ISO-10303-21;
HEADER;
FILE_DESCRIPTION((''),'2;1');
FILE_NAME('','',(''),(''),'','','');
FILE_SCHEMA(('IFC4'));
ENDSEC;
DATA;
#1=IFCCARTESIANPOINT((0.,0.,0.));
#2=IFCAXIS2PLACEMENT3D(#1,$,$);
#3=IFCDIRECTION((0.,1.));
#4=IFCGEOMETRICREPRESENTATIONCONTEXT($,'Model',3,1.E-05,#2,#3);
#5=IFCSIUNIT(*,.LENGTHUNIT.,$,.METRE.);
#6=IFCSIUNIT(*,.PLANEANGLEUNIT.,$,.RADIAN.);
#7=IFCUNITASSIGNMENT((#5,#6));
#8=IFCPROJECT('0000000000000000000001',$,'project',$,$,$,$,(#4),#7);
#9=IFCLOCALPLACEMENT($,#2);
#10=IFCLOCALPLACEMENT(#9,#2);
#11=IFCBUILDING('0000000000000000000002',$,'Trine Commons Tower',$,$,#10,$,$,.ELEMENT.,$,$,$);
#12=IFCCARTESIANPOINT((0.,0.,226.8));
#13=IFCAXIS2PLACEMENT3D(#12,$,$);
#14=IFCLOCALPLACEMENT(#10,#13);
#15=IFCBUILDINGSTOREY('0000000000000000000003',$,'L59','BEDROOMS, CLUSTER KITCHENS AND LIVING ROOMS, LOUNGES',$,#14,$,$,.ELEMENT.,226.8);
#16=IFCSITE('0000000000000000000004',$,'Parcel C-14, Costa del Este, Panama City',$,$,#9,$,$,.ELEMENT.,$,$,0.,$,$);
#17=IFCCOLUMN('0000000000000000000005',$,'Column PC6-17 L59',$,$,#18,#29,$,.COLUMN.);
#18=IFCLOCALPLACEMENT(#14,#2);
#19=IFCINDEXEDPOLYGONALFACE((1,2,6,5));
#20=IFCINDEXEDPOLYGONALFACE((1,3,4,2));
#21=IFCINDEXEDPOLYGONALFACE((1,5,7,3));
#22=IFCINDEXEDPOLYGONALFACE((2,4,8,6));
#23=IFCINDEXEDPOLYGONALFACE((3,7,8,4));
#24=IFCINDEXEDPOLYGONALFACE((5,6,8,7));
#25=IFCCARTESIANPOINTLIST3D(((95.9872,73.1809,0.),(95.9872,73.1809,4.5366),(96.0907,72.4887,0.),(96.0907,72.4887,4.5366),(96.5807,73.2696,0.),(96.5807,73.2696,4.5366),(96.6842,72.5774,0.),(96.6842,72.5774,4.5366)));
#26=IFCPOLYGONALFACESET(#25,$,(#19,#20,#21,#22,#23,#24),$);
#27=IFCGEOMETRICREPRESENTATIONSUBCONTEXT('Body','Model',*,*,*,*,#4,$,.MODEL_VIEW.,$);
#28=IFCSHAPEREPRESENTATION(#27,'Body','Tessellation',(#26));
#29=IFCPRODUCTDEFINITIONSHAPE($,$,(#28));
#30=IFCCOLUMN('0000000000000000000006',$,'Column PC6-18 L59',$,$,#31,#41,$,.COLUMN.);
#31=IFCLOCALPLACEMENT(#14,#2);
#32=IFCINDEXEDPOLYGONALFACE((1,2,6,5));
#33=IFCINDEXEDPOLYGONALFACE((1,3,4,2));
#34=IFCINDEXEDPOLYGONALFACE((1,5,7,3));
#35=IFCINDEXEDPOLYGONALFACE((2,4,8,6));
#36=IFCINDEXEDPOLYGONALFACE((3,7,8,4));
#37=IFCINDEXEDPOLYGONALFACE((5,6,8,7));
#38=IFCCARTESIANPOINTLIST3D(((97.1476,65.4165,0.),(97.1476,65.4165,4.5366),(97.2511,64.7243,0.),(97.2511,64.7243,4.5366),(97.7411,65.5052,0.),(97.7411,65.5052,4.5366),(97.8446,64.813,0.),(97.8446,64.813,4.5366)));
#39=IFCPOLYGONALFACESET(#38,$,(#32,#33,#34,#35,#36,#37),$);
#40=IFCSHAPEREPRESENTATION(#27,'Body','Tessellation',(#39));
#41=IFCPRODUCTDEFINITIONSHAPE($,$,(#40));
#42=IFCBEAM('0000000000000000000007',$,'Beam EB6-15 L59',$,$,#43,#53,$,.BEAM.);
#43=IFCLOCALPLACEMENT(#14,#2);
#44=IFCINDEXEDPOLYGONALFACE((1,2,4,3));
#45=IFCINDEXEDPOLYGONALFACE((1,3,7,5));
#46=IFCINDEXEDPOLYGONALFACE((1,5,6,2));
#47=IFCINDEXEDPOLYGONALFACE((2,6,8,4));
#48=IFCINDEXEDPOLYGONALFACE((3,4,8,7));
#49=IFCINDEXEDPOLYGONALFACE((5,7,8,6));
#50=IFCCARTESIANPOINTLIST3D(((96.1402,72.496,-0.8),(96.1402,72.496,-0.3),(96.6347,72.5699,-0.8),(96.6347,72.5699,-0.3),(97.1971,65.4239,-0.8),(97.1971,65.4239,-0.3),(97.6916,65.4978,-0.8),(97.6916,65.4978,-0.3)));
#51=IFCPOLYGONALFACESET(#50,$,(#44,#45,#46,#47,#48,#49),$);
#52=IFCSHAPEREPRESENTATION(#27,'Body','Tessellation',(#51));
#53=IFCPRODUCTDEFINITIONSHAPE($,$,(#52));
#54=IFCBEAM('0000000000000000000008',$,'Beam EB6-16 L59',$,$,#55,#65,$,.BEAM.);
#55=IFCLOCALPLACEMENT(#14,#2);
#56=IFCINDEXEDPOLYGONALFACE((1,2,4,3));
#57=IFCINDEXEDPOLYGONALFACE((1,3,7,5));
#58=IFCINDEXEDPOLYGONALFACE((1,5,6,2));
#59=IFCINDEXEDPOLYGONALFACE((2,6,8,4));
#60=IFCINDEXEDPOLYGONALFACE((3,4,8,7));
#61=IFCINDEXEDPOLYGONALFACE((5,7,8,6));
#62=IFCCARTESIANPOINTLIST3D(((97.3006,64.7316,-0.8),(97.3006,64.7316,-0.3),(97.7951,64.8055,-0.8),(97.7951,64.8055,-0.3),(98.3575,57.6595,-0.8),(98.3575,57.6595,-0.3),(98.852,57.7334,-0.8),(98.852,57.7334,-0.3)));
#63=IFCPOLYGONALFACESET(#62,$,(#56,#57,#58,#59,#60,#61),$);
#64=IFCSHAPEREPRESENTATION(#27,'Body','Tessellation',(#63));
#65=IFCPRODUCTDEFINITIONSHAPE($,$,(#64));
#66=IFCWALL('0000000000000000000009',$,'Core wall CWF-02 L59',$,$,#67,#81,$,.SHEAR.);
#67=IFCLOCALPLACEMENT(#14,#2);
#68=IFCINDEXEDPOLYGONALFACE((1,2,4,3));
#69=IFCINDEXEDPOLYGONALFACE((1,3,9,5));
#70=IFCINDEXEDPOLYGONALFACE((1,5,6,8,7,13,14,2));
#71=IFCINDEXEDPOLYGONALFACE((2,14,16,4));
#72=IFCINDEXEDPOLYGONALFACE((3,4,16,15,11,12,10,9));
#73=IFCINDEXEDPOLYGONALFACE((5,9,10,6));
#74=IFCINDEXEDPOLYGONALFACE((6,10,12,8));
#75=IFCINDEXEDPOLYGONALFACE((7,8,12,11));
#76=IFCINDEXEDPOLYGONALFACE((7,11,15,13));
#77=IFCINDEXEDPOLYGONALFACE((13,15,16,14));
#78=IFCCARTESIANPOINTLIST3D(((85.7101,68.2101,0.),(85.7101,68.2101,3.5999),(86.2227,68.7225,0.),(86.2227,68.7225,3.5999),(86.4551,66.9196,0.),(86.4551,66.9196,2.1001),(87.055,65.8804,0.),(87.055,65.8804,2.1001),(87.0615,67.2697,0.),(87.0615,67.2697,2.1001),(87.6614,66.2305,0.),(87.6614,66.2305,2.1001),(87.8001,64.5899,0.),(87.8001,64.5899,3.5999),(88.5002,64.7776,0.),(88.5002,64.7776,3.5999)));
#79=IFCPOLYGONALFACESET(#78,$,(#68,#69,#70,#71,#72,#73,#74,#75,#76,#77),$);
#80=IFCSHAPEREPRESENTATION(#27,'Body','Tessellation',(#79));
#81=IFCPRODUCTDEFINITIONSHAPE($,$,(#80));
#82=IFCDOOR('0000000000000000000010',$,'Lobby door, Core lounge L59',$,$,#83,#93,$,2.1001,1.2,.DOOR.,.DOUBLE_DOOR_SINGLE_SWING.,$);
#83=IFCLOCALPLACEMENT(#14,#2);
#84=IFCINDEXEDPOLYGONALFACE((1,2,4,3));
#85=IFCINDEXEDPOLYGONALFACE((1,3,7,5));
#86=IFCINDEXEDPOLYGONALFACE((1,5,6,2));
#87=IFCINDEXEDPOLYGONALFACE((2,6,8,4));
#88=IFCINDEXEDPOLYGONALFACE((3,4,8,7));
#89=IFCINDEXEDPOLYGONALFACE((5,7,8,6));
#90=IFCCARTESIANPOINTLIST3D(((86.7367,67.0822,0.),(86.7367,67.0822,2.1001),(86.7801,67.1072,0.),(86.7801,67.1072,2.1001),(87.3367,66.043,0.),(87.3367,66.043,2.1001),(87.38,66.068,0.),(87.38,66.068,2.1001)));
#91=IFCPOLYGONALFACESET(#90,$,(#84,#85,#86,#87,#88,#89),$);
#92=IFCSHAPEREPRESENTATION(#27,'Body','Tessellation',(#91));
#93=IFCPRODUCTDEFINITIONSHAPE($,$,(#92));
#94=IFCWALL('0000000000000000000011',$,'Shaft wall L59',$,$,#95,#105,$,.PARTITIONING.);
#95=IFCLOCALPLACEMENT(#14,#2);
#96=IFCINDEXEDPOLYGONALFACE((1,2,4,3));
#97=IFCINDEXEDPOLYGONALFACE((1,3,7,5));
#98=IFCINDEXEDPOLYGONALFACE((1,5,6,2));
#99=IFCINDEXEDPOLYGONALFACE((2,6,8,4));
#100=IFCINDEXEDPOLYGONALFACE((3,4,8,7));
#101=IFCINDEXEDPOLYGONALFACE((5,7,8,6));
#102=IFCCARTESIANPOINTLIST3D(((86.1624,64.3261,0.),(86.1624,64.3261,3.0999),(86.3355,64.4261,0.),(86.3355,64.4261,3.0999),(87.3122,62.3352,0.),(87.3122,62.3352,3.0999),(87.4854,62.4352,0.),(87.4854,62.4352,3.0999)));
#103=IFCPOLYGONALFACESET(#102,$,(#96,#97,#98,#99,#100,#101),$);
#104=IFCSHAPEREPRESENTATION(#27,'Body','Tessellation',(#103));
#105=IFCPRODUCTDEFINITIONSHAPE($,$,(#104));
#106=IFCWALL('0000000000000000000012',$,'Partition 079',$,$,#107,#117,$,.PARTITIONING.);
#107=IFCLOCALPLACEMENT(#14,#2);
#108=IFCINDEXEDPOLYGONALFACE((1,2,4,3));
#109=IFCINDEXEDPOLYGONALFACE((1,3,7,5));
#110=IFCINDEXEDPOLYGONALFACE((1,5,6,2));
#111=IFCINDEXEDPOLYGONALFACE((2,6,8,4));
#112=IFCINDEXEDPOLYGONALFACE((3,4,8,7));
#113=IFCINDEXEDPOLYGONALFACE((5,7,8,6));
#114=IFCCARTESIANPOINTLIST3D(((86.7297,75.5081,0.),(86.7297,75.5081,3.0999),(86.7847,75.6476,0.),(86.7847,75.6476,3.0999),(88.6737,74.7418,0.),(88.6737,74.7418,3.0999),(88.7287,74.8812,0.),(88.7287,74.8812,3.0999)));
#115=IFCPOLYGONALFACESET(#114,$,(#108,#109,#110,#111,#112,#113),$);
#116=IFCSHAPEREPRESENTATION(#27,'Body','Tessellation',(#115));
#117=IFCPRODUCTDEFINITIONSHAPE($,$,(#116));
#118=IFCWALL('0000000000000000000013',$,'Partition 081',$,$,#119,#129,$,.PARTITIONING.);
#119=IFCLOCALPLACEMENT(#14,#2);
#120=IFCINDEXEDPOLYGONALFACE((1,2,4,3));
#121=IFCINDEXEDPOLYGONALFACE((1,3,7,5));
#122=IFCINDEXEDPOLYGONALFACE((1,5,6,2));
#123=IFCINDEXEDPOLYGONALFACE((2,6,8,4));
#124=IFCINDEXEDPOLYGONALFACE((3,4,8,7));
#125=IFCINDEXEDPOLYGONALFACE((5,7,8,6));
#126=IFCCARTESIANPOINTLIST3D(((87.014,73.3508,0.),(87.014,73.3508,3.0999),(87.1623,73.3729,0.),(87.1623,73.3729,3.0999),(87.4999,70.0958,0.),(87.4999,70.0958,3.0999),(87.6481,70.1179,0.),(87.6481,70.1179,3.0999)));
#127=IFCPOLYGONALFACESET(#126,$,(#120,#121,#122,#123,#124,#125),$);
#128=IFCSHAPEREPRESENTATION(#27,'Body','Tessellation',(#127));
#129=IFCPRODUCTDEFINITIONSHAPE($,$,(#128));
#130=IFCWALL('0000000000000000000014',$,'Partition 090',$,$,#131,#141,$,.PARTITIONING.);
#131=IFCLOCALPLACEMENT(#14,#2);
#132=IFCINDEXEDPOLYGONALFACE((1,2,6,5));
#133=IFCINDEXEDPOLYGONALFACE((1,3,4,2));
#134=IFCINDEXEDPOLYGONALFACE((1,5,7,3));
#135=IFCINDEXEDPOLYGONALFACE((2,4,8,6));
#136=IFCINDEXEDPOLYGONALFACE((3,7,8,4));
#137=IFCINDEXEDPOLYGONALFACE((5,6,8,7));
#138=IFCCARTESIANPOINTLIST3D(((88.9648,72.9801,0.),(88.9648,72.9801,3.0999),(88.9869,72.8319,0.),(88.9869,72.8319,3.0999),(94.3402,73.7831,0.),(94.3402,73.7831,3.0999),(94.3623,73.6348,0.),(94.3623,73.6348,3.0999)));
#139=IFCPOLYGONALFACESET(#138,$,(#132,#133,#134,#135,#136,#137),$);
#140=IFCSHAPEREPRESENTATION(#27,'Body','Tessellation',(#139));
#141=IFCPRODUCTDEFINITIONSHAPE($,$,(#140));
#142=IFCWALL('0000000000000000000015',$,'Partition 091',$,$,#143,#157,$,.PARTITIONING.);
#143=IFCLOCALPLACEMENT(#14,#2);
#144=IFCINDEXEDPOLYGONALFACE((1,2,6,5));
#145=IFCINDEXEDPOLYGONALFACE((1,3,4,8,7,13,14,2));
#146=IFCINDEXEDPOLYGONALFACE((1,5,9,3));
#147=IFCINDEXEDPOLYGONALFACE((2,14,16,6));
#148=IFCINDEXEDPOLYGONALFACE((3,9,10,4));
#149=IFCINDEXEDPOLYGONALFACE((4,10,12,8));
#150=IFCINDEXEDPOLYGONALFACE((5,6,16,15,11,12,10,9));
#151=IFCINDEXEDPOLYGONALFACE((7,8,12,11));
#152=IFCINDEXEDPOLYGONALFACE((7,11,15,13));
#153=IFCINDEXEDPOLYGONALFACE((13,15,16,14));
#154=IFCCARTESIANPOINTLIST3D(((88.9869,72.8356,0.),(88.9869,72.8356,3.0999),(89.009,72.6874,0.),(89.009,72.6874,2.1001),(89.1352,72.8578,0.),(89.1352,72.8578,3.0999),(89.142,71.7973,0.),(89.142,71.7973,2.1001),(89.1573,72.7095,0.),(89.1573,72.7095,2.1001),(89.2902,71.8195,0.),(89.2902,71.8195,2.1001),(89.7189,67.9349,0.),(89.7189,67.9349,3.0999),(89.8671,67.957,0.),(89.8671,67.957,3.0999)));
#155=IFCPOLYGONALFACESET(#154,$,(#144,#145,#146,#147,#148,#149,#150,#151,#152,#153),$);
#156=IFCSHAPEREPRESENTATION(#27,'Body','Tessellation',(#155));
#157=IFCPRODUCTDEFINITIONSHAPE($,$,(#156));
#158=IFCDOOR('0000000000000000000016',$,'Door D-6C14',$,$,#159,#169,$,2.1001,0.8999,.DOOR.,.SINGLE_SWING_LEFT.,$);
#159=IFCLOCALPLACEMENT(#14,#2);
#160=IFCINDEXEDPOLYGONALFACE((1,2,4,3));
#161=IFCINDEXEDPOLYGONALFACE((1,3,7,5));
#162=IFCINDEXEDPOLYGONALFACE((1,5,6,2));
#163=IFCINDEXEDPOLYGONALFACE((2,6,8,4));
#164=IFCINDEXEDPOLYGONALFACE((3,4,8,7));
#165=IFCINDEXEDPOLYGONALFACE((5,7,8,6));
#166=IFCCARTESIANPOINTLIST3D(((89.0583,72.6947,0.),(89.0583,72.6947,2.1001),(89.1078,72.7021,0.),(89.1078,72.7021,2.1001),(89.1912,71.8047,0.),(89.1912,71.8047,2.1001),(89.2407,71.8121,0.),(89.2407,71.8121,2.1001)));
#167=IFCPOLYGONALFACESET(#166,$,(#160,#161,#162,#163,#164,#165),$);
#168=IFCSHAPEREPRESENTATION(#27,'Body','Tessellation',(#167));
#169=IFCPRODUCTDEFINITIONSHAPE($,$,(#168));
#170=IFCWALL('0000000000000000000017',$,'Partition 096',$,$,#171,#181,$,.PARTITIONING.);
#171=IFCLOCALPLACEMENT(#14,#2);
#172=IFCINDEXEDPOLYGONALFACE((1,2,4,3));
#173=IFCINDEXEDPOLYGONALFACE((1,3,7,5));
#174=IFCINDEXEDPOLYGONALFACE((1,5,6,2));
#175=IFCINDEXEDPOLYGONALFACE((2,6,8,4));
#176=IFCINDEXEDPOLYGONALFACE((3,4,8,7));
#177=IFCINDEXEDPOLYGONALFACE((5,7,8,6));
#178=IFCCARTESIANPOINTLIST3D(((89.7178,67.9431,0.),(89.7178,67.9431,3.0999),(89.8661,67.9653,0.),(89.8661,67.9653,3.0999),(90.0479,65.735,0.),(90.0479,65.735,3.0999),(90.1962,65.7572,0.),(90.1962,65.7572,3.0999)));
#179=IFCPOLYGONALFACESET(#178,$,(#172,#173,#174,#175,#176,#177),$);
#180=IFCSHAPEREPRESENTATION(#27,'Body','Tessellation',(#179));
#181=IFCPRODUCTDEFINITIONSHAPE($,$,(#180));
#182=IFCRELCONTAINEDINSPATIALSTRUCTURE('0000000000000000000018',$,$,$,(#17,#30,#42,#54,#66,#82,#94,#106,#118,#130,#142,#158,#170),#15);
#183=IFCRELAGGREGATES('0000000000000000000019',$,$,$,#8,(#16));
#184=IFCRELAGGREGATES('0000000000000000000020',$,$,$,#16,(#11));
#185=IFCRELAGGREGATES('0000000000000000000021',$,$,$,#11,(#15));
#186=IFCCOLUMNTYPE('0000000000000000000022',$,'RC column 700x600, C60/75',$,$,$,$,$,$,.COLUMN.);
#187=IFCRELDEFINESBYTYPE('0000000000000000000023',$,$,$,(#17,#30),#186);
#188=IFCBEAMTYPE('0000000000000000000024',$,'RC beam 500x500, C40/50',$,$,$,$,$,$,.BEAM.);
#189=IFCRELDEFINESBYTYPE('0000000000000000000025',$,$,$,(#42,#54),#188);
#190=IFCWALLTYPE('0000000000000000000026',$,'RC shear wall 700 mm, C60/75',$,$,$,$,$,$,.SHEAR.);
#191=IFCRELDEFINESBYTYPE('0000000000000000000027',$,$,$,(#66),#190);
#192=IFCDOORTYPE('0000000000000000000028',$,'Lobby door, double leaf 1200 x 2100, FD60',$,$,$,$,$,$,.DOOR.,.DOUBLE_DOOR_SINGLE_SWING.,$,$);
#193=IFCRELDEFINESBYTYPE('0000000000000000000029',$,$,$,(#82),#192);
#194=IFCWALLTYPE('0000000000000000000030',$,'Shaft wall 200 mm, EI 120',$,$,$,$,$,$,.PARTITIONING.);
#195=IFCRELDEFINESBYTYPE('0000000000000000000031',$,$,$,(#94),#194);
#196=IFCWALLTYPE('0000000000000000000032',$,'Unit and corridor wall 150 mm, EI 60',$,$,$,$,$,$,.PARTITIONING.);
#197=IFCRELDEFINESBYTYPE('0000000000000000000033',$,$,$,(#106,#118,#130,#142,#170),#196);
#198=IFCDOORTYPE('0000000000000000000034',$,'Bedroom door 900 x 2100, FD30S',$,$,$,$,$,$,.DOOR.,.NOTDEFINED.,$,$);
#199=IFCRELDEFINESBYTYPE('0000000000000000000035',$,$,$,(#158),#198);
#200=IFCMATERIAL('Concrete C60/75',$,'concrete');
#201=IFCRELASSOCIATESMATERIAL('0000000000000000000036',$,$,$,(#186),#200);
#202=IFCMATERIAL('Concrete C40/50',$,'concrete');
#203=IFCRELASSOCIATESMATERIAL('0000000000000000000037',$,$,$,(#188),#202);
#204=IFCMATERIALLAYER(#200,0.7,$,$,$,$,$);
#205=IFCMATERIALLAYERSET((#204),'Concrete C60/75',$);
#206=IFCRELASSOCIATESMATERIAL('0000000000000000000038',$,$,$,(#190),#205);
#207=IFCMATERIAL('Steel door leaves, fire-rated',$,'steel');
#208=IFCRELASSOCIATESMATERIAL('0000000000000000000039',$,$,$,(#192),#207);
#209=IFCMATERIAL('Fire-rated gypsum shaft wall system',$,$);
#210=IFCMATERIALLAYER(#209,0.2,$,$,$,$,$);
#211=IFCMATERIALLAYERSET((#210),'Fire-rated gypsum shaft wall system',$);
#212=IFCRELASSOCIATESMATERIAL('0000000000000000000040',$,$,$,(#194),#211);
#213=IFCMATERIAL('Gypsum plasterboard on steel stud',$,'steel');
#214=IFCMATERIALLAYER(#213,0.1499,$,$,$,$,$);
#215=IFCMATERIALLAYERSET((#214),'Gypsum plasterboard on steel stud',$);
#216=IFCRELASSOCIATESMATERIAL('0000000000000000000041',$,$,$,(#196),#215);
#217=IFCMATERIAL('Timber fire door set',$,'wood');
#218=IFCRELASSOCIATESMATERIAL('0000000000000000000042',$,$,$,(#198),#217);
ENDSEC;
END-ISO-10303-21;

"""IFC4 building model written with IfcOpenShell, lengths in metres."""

from ifc_helpers import new_model, si_unit, direction, frame, frame_2d, origin, origin_2d, place, context, subcontext, project, spatial, polyline, rectangle, outline, extrude, material, layer, layer_set, material_profile, profile_set, type_object, element, fill, save


model = new_model("IFC4")

# Units and contexts
model_context = context("Model", 3, precision=1e-05, world=origin(), true_north=direction((0.0, 1.0)))
body_context = subcontext(model_context, "Body", "Model", "MODEL_VIEW")
ifc_project = project(units=[si_unit("LENGTHUNIT", "METRE"), si_unit("PLANEANGLEUNIT", "RADIAN")], contexts=[model_context])

# Site, building, storey
site_placement = place(None, origin())
site = spatial("IfcSite", under=ifc_project, at=site_placement, Name="Parcel C-14, Costa del Este, Panama City", CompositionType="ELEMENT", RefElevation=0.0)
building_placement = place(site_placement, origin())
building = spatial("IfcBuilding", under=site, at=building_placement, Name="Trine Commons Tower", CompositionType="ELEMENT")
storey_placement = place(building_placement, frame((0.0, 0.0, 226.8)))
storey = spatial("IfcBuildingStorey", under=building, at=storey_placement, Name="L59", Description="BEDROOMS, CLUSTER KITCHENS AND LIVING ROOMS, LOUNGES", CompositionType="ELEMENT", Elevation=226.8)

# Columns
ifc_material_1 = material(Name="Concrete C60/75", Category="concrete")
ifc_material_profile_1 = material_profile(ifc_material_1, rectangle(XDim=0.7, YDim=0.6001, at=origin_2d()), Name="RC 700x600")
ifc_profile_set_1 = profile_set([ifc_material_profile_1], Name="Concrete C60/75")
column_type = type_object("IfcColumnType", Name="RC column 700x600, C60/75", PredefinedType="COLUMN", material=ifc_profile_set_1)
for number, where, z_axis, x_axis, name in (
    (1, (96.3357, 72.8792, 0.0), (0.0, 0.0, 1.0), (-0.147809, 0.989016, 0.0), "Column PC6-17 L59"),
    (2, (97.4961, 65.1147, 0.0), (0.0, 0.0, 1.0), (-0.147809, 0.989016, 0.0), "Column PC6-18 L59"),
):
    element("IfcColumn", number, at=place(storey_placement, frame(where, z_axis=z_axis, x_axis=x_axis)), inside=storey, type_object=column_type, Name=name, PredefinedType="COLUMN", context=body_context, shape_type="SweptSolid", body=[
        extrude(rectangle(XDim=0.7, YDim=0.6001, at=origin_2d()), origin(), (0.0, 0.0, 1.0), 4.5366),
    ])

# Beams
ifc_material_2 = material(Name="Concrete C40/50", Category="concrete")
ifc_material_profile_2 = material_profile(ifc_material_2, rectangle(XDim=0.5, YDim=0.5, at=origin_2d()), Name="RC 500x500")
ifc_profile_set_2 = profile_set([ifc_material_profile_2], Name="Concrete C40/50")
beam_type = type_object("IfcBeamType", Name="RC beam 500x500, C40/50", PredefinedType="BEAM", material=ifc_profile_set_2)
for number, where, z_axis, x_axis, name in (
    (3, (96.3875, 72.533, -0.55), (0.147804, -0.989017, 0.0), (0.989017, 0.147804, 0.0), "Beam EB6-15 L59"),
    (4, (97.5479, 64.7686, -0.55), (0.147804, -0.989017, 0.0), (0.989017, 0.147804, 0.0), "Beam EB6-16 L59"),
):
    element("IfcBeam", number, at=place(storey_placement, frame(where, z_axis=z_axis, x_axis=x_axis)), inside=storey, type_object=beam_type, Name=name, PredefinedType="BEAM", context=body_context, shape_type="SweptSolid", body=[
        extrude(rectangle(XDim=0.5, YDim=0.5, at=origin_2d()), origin(), (0.0, 0.0, 1.0), 7.1506),
    ])

# Wall, opening, door
ifc_layer_1 = layer(ifc_material_1, 0.7)
ifc_layer_set_1 = layer_set([ifc_layer_1], Name="Concrete C60/75")
wall_type_1 = type_object("IfcWallType", Name="RC shear wall 700 mm, C60/75", PredefinedType="SHEAR", material=ifc_layer_set_1)
wall_1_placement = place(storey_placement, frame((88.197, 64.6025, 0.0), z_axis=(0.0, 0.0, 1.0), x_axis=(-0.499984, 0.866035, 0.0)))
wall_1 = element("IfcWall", 5, at=wall_1_placement, inside=storey, type_object=wall_type_1, Name="Core wall CWF-02 L59", PredefinedType="SHEAR", context=body_context, shape_type="SweptSolid", body=[
    extrude(outline(polyline([(0.0, -0.3501), (4.5552, -0.3501), (4.3677, 0.3501), (0.1875, 0.3501), (0.0, -0.3501)])), origin(), (0.0, 0.0, 1.0), 3.5999),
])
opening_1_placement = place(wall_1_placement, frame((1.6775, 0.0, 0.0)))
opening_1 = element("IfcOpeningElement", 6, at=opening_1_placement, cuts=wall_1, PredefinedType="OPENING", context=body_context, shape_type="SweptSolid", body=[
    extrude(rectangle(XDim=1.2, YDim=2.1001, at=frame_2d((0.6001, 1.05))), frame((0.0, 0.3599, 0.0), z_axis=(0.0, -1.0, 0.0), x_axis=(1.0, 0.0, 0.0)), (0.0, 0.0, 1.0), 0.72),
])
ifc_material_3 = material(Name="Steel door leaves, fire-rated", Category="steel")
door_type_1 = type_object("IfcDoorType", Name="Lobby door, double leaf 1200 x 2100, FD60", OperationType="DOUBLE_DOOR_SINGLE_SWING", PredefinedType="DOOR", material=ifc_material_3)
door_1_placement = place(opening_1_placement, origin())
door_1 = element("IfcDoor", 7, at=door_1_placement, inside=storey, type_object=door_type_1, Name="Lobby door, Core lounge L59", OperationType="DOUBLE_DOOR_SINGLE_SWING", OverallHeight=2.1001, OverallWidth=1.2, PredefinedType="DOOR", context=body_context, shape_type="SweptSolid", body=[
    extrude(rectangle(XDim=1.2, YDim=2.1001, at=frame_2d((0.6001, 1.05))), frame((0.0, 0.0249, 0.0), z_axis=(0.0, -1.0, 0.0), x_axis=(1.0, 0.0, 0.0)), (0.0, 0.0, 1.0), 0.05),
])
fill(opening_1, door_1)

# Walls
ifc_material_4 = material(Name="Fire-rated gypsum shaft wall system")
ifc_layer_2 = layer(ifc_material_4, 0.2)
ifc_layer_set_2 = layer_set([ifc_layer_2], Name="Fire-rated gypsum shaft wall system")
wall_type_2 = type_object("IfcWallType", Name="Shaft wall 200 mm, EI 120", PredefinedType="PARTITIONING", material=ifc_layer_set_2)
wall_2_placement = place(storey_placement, frame((86.249, 64.376, 0.0), z_axis=(0.0, 0.0, 1.0), x_axis=(0.500136, -0.865947, 0.0)))
element("IfcWall", 8, at=wall_2_placement, inside=storey, type_object=wall_type_2, Name="Shaft wall L59", PredefinedType="PARTITIONING", context=body_context, shape_type="SweptSolid", body=[
    extrude(rectangle(XDim=2.2991, YDim=0.2, at=frame_2d((1.1494, 0.0))), origin(), (0.0, 0.0, 1.0), 3.0999),
])
ifc_material_5 = material(Name="Gypsum plasterboard on steel stud", Category="steel")
ifc_layer_3 = layer(ifc_material_5, 0.1499)
ifc_layer_set_3 = layer_set([ifc_layer_3], Name="Gypsum plasterboard on steel stud")
wall_type_3 = type_object("IfcWallType", Name="Unit and corridor wall 150 mm, EI 60", PredefinedType="PARTITIONING", material=ifc_layer_set_3)
wall_3_placement = place(storey_placement, frame((86.7571, 75.5779, 0.0), z_axis=(0.0, 0.0, 1.0), x_axis=(0.930326, -0.366733, 0.0)))
element("IfcWall", 9, at=wall_3_placement, inside=storey, type_object=wall_type_3, Name="Partition 079", PredefinedType="PARTITIONING", context=body_context, shape_type="SweptSolid", body=[
    extrude(rectangle(XDim=2.0896, YDim=0.1499, at=frame_2d((1.0449, 0.0))), origin(), (0.0, 0.0, 1.0), 3.0999),
])
wall_4_placement = place(storey_placement, frame((87.0881, 73.3618, 0.0), z_axis=(0.0, 0.0, 1.0), x_axis=(0.147629, -0.989043, 0.0)))
element("IfcWall", 10, at=wall_4_placement, inside=storey, type_object=wall_type_3, Name="Partition 081", PredefinedType="PARTITIONING", context=body_context, shape_type="SweptSolid", body=[
    extrude(rectangle(XDim=3.291, YDim=0.1499, at=frame_2d((1.6455, 0.0))), origin(), (0.0, 0.0, 1.0), 3.0999),
])
wall_5_placement = place(storey_placement, frame((88.9758, 72.906, 0.0), z_axis=(0.0, 0.0, 1.0), x_axis=(0.989026, 0.147739, 0.0)))
element("IfcWall", 11, at=wall_5_placement, inside=storey, type_object=wall_type_3, Name="Partition 090", PredefinedType="PARTITIONING", context=body_context, shape_type="SweptSolid", body=[
    extrude(rectangle(XDim=5.4351, YDim=0.1499, at=frame_2d((2.7175, 0.0))), origin(), (0.0, 0.0, 1.0), 3.0999),
])

# Wall, opening, door
wall_6_placement = place(storey_placement, frame((89.061, 72.8467, 0.0), z_axis=(0.0, 0.0, 1.0), x_axis=(0.147716, -0.98903, 0.0)))
wall_6 = element("IfcWall", 12, at=wall_6_placement, inside=storey, type_object=wall_type_3, Name="Partition 091", PredefinedType="PARTITIONING", context=body_context, shape_type="SweptSolid", body=[
    extrude(rectangle(XDim=4.9551, YDim=0.1499, at=frame_2d((2.4775, 0.0))), origin(), (0.0, 0.0, 1.0), 3.0999),
])
opening_2_placement = place(wall_6_placement, frame((0.1499, 0.0, 0.0)))
opening_2 = element("IfcOpeningElement", 13, at=opening_2_placement, cuts=wall_6, PredefinedType="OPENING", context=body_context, shape_type="SweptSolid", body=[
    extrude(rectangle(XDim=0.8999, YDim=2.1001, at=frame_2d((0.45, 1.05))), frame((0.0, 0.085, 0.0), z_axis=(0.0, -1.0, 0.0), x_axis=(1.0, 0.0, 0.0)), (0.0, 0.0, 1.0), 0.1699),
])
ifc_material_6 = material(Name="Timber fire door set", Category="wood")
door_type_2 = type_object("IfcDoorType", Name="Bedroom door 900 x 2100, FD30S", OperationType="NOTDEFINED", PredefinedType="DOOR", material=ifc_material_6)
door_2_placement = place(opening_2_placement, origin())
door_2 = element("IfcDoor", 14, at=door_2_placement, inside=storey, type_object=door_type_2, Name="Door D-6C14", OperationType="SINGLE_SWING_LEFT", OverallHeight=2.1001, OverallWidth=0.8999, PredefinedType="DOOR", context=body_context, shape_type="SweptSolid", body=[
    extrude(rectangle(XDim=0.8999, YDim=2.1001, at=frame_2d((0.45, 1.05))), frame((0.0, 0.0249, 0.0), z_axis=(0.0, -1.0, 0.0), x_axis=(1.0, 0.0, 0.0)), (0.0, 0.0, 1.0), 0.05),
])
fill(opening_2, door_2)

# Wall
wall_7_placement = place(storey_placement, frame((89.792, 67.9541, 0.0), z_axis=(0.0, 0.0, 1.0), x_axis=(0.147832, -0.989012, 0.0)))
element("IfcWall", 15, at=wall_7_placement, inside=storey, type_object=wall_type_3, Name="Partition 096", PredefinedType="PARTITIONING", context=body_context, shape_type="SweptSolid", body=[
    extrude(rectangle(XDim=2.2327, YDim=0.1499, at=frame_2d((1.1162, 0.0))), origin(), (0.0, 0.0, 1.0), 3.0999),
])

save(model, "model.ifc")
